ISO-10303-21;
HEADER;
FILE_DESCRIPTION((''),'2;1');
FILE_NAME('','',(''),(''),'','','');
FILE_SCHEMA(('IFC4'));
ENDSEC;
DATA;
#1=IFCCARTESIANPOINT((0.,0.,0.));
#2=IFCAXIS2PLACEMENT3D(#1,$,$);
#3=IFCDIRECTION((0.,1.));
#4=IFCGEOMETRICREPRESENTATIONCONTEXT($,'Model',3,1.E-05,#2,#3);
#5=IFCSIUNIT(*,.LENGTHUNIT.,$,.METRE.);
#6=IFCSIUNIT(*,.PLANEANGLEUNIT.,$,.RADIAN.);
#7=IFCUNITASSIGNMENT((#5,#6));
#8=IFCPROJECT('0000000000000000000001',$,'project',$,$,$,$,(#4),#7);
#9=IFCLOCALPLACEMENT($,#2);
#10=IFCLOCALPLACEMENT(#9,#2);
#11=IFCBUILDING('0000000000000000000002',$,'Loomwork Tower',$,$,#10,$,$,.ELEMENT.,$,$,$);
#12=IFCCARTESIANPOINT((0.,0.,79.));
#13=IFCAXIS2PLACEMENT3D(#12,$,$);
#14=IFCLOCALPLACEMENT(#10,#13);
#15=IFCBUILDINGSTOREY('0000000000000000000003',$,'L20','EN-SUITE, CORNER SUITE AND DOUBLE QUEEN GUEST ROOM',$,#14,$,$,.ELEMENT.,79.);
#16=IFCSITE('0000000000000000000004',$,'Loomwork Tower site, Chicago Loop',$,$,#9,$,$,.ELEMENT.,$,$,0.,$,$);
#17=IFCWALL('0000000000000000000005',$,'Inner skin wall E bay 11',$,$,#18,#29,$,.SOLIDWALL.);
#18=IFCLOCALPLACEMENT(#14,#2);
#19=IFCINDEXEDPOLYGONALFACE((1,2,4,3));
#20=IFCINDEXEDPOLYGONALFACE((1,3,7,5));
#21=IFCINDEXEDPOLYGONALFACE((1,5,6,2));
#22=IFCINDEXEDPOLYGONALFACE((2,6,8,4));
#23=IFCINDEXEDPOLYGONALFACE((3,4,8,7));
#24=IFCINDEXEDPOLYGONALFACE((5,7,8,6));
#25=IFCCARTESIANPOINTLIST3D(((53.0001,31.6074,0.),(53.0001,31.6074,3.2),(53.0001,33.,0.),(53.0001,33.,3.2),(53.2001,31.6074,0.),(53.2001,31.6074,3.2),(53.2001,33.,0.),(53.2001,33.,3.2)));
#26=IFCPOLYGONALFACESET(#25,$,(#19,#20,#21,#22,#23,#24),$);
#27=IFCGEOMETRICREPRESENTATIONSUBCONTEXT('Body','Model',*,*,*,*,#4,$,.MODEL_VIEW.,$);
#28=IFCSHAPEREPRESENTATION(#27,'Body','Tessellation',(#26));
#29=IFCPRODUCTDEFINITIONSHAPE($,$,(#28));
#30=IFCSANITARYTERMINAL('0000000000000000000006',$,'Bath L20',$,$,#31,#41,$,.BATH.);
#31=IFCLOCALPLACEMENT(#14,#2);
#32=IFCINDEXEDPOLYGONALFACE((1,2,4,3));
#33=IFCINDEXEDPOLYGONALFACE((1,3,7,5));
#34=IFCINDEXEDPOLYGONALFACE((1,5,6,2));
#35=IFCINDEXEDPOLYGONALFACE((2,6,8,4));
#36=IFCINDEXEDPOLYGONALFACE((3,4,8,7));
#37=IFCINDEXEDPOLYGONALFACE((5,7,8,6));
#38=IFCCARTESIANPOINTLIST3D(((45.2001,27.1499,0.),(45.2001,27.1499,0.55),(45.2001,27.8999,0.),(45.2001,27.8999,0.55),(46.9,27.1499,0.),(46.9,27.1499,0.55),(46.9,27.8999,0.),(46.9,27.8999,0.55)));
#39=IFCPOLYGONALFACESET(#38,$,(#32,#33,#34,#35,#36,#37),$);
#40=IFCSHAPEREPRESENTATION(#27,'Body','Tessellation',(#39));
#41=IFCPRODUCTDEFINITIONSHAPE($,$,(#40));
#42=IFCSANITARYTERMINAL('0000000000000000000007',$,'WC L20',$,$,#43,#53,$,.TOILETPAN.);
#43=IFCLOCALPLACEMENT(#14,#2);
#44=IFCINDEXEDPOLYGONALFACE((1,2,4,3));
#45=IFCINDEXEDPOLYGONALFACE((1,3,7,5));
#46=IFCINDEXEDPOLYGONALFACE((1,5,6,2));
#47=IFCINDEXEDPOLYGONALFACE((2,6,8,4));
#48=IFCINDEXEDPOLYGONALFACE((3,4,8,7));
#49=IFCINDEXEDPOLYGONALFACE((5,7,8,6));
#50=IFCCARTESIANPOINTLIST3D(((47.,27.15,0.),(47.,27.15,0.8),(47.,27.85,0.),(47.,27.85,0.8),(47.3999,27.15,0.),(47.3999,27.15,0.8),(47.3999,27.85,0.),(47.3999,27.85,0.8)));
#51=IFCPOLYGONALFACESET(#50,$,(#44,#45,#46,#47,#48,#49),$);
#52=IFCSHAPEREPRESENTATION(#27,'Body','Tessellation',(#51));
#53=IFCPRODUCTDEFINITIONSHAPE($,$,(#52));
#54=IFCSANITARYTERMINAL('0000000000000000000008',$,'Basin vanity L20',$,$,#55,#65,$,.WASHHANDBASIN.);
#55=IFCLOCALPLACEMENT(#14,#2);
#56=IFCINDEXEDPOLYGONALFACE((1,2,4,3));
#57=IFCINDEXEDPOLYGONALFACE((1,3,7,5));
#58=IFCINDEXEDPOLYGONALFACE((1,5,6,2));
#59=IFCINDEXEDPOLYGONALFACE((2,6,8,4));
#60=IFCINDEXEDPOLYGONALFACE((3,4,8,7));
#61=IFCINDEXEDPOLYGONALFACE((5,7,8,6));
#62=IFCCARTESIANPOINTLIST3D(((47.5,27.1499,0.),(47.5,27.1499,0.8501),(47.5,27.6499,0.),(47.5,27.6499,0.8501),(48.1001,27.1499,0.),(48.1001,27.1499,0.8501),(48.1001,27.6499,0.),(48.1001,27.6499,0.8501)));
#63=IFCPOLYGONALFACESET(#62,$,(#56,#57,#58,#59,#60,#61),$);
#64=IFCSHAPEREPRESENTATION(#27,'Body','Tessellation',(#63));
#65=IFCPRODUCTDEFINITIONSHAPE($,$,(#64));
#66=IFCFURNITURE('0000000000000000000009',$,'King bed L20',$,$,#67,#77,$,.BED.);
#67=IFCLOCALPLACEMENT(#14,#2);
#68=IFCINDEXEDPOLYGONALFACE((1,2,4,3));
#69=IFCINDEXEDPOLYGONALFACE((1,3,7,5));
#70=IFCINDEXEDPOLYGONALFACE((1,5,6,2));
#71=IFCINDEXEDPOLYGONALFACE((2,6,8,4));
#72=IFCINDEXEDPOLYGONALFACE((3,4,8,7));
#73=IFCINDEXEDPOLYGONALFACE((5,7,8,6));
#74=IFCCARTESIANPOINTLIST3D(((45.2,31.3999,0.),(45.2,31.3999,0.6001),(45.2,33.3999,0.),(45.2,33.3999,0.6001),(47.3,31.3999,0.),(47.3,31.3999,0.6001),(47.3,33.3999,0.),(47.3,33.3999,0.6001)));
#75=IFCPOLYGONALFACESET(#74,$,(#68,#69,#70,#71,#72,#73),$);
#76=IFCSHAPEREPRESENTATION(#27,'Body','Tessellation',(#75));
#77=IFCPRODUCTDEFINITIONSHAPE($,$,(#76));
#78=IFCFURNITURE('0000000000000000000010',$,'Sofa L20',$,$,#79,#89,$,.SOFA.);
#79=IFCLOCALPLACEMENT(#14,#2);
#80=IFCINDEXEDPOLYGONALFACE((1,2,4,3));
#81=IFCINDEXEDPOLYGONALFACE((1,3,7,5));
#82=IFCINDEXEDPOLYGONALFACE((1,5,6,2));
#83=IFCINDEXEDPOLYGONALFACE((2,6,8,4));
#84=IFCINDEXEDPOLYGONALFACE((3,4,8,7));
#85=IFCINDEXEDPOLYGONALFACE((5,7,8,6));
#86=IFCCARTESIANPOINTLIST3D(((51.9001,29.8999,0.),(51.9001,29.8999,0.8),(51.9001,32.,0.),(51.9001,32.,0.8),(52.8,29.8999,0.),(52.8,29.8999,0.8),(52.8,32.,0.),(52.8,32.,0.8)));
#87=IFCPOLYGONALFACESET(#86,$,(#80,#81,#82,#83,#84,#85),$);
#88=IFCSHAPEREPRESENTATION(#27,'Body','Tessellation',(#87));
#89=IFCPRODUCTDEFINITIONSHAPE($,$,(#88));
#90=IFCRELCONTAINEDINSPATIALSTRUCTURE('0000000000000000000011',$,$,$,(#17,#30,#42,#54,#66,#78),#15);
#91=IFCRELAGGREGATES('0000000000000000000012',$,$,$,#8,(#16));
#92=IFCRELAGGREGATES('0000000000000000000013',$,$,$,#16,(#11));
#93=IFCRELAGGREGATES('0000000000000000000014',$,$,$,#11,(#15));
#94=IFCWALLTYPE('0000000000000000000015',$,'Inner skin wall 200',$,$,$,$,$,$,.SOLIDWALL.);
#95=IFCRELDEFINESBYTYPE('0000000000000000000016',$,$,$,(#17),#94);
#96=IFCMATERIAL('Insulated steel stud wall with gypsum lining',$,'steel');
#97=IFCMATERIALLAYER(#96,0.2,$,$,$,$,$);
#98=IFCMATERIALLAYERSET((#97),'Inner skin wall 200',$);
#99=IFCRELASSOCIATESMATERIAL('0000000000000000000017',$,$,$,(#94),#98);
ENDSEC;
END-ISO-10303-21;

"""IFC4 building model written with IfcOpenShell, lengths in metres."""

from ifc_helpers import new_model, si_unit, direction, frame, frame_2d, origin, origin_2d, place, context, subcontext, project, spatial, rectangle, extrude, material, layer, layer_set, type_object, element, save


model = new_model("IFC4")

# Units and contexts
model_context = context("Model", 3, precision=1e-05, world=origin(), true_north=direction((0.0, 1.0)))
body_context = subcontext(model_context, "Body", "Model", "MODEL_VIEW")
ifc_project = project(units=[si_unit("LENGTHUNIT", "METRE"), si_unit("PLANEANGLEUNIT", "RADIAN")], contexts=[model_context])

# Site, building, storey
site_placement = place(None, origin())
site = spatial("IfcSite", under=ifc_project, at=site_placement, Name="Loomwork Tower site, Chicago Loop", CompositionType="ELEMENT", RefElevation=0.0)
building_placement = place(site_placement, origin())
building = spatial("IfcBuilding", under=site, at=building_placement, Name="Loomwork Tower", CompositionType="ELEMENT")
storey_placement = place(building_placement, frame((0.0, 0.0, 79.0)))
storey = spatial("IfcBuildingStorey", under=building, at=storey_placement, Name="L20", Description="EN-SUITE, CORNER SUITE AND DOUBLE QUEEN GUEST ROOM", CompositionType="ELEMENT", Elevation=79.0)

# Wall
ifc_material_1 = material(Name="Insulated steel stud wall with gypsum lining", Category="steel")
ifc_layer_1 = layer(ifc_material_1, 0.2)
ifc_layer_set_1 = layer_set([ifc_layer_1], Name="Inner skin wall 200")
wall_type_1 = type_object("IfcWallType", Name="Inner skin wall 200", PredefinedType="SOLIDWALL", material=ifc_layer_set_1)
wall_1_placement = place(storey_placement, frame((53.1001, 31.6074, 0.0), z_axis=(0.0, 0.0, 1.0), x_axis=(0.0, 1.0, 0.0)))
element("IfcWall", 1, at=wall_1_placement, inside=storey, type_object=wall_type_1, Name="Inner skin wall E bay 11", PredefinedType="SOLIDWALL", context=body_context, shape_type="SweptSolid", body=[
    extrude(rectangle(XDim=1.3926, YDim=0.2, at=frame_2d((0.6963, 0.0))), origin(), (0.0, 0.0, 1.0), 3.2),
])

# Sanitary terminals
sanitary_terminal_1_placement = place(storey_placement, frame((46.05, 27.5249, 0.0), z_axis=(0.0, 0.0, 1.0), x_axis=(1.0, 0.0, 0.0)))
element("IfcSanitaryTerminal", 2, at=sanitary_terminal_1_placement, inside=storey, Name="Bath L20", PredefinedType="BATH", context=body_context, shape_type="SweptSolid", body=[
    extrude(rectangle(XDim=1.7, YDim=0.75, at=origin_2d()), origin(), (0.0, 0.0, 1.0), 0.55),
])
sanitary_terminal_2_placement = place(storey_placement, frame((47.2, 27.5, 0.0), z_axis=(0.0, 0.0, 1.0), x_axis=(1.0, 0.0, 0.0)))
element("IfcSanitaryTerminal", 3, at=sanitary_terminal_2_placement, inside=storey, Name="WC L20", PredefinedType="TOILETPAN", context=body_context, shape_type="SweptSolid", body=[
    extrude(rectangle(XDim=0.3999, YDim=0.7, at=origin_2d()), origin(), (0.0, 0.0, 1.0), 0.8),
])
sanitary_terminal_3_placement = place(storey_placement, frame((47.8, 27.3999, 0.0), z_axis=(0.0, 0.0, 1.0), x_axis=(1.0, 0.0, 0.0)))
element("IfcSanitaryTerminal", 4, at=sanitary_terminal_3_placement, inside=storey, Name="Basin vanity L20", PredefinedType="WASHHANDBASIN", context=body_context, shape_type="SweptSolid", body=[
    extrude(rectangle(XDim=0.6001, YDim=0.5, at=origin_2d()), origin(), (0.0, 0.0, 1.0), 0.8501),
])

# Furniture
furniture_1_placement = place(storey_placement, frame((46.25, 32.3999, 0.0), z_axis=(0.0, 0.0, 1.0), x_axis=(1.0, 0.0, 0.0)))
element("IfcFurniture", 5, at=furniture_1_placement, inside=storey, Name="King bed L20", PredefinedType="BED", context=body_context, shape_type="SweptSolid", body=[
    extrude(rectangle(XDim=2.1001, YDim=2.0, at=origin_2d()), origin(), (0.0, 0.0, 1.0), 0.6001),
])
furniture_2_placement = place(storey_placement, frame((52.3501, 30.95, 0.0), z_axis=(0.0, 0.0, 1.0), x_axis=(1.0, 0.0, 0.0)))
element("IfcFurniture", 6, at=furniture_2_placement, inside=storey, Name="Sofa L20", PredefinedType="SOFA", context=body_context, shape_type="SweptSolid", body=[
    extrude(rectangle(XDim=0.8999, YDim=2.1001, at=origin_2d()), origin(), (0.0, 0.0, 1.0), 0.8),
])

save(model, "model.ifc")
